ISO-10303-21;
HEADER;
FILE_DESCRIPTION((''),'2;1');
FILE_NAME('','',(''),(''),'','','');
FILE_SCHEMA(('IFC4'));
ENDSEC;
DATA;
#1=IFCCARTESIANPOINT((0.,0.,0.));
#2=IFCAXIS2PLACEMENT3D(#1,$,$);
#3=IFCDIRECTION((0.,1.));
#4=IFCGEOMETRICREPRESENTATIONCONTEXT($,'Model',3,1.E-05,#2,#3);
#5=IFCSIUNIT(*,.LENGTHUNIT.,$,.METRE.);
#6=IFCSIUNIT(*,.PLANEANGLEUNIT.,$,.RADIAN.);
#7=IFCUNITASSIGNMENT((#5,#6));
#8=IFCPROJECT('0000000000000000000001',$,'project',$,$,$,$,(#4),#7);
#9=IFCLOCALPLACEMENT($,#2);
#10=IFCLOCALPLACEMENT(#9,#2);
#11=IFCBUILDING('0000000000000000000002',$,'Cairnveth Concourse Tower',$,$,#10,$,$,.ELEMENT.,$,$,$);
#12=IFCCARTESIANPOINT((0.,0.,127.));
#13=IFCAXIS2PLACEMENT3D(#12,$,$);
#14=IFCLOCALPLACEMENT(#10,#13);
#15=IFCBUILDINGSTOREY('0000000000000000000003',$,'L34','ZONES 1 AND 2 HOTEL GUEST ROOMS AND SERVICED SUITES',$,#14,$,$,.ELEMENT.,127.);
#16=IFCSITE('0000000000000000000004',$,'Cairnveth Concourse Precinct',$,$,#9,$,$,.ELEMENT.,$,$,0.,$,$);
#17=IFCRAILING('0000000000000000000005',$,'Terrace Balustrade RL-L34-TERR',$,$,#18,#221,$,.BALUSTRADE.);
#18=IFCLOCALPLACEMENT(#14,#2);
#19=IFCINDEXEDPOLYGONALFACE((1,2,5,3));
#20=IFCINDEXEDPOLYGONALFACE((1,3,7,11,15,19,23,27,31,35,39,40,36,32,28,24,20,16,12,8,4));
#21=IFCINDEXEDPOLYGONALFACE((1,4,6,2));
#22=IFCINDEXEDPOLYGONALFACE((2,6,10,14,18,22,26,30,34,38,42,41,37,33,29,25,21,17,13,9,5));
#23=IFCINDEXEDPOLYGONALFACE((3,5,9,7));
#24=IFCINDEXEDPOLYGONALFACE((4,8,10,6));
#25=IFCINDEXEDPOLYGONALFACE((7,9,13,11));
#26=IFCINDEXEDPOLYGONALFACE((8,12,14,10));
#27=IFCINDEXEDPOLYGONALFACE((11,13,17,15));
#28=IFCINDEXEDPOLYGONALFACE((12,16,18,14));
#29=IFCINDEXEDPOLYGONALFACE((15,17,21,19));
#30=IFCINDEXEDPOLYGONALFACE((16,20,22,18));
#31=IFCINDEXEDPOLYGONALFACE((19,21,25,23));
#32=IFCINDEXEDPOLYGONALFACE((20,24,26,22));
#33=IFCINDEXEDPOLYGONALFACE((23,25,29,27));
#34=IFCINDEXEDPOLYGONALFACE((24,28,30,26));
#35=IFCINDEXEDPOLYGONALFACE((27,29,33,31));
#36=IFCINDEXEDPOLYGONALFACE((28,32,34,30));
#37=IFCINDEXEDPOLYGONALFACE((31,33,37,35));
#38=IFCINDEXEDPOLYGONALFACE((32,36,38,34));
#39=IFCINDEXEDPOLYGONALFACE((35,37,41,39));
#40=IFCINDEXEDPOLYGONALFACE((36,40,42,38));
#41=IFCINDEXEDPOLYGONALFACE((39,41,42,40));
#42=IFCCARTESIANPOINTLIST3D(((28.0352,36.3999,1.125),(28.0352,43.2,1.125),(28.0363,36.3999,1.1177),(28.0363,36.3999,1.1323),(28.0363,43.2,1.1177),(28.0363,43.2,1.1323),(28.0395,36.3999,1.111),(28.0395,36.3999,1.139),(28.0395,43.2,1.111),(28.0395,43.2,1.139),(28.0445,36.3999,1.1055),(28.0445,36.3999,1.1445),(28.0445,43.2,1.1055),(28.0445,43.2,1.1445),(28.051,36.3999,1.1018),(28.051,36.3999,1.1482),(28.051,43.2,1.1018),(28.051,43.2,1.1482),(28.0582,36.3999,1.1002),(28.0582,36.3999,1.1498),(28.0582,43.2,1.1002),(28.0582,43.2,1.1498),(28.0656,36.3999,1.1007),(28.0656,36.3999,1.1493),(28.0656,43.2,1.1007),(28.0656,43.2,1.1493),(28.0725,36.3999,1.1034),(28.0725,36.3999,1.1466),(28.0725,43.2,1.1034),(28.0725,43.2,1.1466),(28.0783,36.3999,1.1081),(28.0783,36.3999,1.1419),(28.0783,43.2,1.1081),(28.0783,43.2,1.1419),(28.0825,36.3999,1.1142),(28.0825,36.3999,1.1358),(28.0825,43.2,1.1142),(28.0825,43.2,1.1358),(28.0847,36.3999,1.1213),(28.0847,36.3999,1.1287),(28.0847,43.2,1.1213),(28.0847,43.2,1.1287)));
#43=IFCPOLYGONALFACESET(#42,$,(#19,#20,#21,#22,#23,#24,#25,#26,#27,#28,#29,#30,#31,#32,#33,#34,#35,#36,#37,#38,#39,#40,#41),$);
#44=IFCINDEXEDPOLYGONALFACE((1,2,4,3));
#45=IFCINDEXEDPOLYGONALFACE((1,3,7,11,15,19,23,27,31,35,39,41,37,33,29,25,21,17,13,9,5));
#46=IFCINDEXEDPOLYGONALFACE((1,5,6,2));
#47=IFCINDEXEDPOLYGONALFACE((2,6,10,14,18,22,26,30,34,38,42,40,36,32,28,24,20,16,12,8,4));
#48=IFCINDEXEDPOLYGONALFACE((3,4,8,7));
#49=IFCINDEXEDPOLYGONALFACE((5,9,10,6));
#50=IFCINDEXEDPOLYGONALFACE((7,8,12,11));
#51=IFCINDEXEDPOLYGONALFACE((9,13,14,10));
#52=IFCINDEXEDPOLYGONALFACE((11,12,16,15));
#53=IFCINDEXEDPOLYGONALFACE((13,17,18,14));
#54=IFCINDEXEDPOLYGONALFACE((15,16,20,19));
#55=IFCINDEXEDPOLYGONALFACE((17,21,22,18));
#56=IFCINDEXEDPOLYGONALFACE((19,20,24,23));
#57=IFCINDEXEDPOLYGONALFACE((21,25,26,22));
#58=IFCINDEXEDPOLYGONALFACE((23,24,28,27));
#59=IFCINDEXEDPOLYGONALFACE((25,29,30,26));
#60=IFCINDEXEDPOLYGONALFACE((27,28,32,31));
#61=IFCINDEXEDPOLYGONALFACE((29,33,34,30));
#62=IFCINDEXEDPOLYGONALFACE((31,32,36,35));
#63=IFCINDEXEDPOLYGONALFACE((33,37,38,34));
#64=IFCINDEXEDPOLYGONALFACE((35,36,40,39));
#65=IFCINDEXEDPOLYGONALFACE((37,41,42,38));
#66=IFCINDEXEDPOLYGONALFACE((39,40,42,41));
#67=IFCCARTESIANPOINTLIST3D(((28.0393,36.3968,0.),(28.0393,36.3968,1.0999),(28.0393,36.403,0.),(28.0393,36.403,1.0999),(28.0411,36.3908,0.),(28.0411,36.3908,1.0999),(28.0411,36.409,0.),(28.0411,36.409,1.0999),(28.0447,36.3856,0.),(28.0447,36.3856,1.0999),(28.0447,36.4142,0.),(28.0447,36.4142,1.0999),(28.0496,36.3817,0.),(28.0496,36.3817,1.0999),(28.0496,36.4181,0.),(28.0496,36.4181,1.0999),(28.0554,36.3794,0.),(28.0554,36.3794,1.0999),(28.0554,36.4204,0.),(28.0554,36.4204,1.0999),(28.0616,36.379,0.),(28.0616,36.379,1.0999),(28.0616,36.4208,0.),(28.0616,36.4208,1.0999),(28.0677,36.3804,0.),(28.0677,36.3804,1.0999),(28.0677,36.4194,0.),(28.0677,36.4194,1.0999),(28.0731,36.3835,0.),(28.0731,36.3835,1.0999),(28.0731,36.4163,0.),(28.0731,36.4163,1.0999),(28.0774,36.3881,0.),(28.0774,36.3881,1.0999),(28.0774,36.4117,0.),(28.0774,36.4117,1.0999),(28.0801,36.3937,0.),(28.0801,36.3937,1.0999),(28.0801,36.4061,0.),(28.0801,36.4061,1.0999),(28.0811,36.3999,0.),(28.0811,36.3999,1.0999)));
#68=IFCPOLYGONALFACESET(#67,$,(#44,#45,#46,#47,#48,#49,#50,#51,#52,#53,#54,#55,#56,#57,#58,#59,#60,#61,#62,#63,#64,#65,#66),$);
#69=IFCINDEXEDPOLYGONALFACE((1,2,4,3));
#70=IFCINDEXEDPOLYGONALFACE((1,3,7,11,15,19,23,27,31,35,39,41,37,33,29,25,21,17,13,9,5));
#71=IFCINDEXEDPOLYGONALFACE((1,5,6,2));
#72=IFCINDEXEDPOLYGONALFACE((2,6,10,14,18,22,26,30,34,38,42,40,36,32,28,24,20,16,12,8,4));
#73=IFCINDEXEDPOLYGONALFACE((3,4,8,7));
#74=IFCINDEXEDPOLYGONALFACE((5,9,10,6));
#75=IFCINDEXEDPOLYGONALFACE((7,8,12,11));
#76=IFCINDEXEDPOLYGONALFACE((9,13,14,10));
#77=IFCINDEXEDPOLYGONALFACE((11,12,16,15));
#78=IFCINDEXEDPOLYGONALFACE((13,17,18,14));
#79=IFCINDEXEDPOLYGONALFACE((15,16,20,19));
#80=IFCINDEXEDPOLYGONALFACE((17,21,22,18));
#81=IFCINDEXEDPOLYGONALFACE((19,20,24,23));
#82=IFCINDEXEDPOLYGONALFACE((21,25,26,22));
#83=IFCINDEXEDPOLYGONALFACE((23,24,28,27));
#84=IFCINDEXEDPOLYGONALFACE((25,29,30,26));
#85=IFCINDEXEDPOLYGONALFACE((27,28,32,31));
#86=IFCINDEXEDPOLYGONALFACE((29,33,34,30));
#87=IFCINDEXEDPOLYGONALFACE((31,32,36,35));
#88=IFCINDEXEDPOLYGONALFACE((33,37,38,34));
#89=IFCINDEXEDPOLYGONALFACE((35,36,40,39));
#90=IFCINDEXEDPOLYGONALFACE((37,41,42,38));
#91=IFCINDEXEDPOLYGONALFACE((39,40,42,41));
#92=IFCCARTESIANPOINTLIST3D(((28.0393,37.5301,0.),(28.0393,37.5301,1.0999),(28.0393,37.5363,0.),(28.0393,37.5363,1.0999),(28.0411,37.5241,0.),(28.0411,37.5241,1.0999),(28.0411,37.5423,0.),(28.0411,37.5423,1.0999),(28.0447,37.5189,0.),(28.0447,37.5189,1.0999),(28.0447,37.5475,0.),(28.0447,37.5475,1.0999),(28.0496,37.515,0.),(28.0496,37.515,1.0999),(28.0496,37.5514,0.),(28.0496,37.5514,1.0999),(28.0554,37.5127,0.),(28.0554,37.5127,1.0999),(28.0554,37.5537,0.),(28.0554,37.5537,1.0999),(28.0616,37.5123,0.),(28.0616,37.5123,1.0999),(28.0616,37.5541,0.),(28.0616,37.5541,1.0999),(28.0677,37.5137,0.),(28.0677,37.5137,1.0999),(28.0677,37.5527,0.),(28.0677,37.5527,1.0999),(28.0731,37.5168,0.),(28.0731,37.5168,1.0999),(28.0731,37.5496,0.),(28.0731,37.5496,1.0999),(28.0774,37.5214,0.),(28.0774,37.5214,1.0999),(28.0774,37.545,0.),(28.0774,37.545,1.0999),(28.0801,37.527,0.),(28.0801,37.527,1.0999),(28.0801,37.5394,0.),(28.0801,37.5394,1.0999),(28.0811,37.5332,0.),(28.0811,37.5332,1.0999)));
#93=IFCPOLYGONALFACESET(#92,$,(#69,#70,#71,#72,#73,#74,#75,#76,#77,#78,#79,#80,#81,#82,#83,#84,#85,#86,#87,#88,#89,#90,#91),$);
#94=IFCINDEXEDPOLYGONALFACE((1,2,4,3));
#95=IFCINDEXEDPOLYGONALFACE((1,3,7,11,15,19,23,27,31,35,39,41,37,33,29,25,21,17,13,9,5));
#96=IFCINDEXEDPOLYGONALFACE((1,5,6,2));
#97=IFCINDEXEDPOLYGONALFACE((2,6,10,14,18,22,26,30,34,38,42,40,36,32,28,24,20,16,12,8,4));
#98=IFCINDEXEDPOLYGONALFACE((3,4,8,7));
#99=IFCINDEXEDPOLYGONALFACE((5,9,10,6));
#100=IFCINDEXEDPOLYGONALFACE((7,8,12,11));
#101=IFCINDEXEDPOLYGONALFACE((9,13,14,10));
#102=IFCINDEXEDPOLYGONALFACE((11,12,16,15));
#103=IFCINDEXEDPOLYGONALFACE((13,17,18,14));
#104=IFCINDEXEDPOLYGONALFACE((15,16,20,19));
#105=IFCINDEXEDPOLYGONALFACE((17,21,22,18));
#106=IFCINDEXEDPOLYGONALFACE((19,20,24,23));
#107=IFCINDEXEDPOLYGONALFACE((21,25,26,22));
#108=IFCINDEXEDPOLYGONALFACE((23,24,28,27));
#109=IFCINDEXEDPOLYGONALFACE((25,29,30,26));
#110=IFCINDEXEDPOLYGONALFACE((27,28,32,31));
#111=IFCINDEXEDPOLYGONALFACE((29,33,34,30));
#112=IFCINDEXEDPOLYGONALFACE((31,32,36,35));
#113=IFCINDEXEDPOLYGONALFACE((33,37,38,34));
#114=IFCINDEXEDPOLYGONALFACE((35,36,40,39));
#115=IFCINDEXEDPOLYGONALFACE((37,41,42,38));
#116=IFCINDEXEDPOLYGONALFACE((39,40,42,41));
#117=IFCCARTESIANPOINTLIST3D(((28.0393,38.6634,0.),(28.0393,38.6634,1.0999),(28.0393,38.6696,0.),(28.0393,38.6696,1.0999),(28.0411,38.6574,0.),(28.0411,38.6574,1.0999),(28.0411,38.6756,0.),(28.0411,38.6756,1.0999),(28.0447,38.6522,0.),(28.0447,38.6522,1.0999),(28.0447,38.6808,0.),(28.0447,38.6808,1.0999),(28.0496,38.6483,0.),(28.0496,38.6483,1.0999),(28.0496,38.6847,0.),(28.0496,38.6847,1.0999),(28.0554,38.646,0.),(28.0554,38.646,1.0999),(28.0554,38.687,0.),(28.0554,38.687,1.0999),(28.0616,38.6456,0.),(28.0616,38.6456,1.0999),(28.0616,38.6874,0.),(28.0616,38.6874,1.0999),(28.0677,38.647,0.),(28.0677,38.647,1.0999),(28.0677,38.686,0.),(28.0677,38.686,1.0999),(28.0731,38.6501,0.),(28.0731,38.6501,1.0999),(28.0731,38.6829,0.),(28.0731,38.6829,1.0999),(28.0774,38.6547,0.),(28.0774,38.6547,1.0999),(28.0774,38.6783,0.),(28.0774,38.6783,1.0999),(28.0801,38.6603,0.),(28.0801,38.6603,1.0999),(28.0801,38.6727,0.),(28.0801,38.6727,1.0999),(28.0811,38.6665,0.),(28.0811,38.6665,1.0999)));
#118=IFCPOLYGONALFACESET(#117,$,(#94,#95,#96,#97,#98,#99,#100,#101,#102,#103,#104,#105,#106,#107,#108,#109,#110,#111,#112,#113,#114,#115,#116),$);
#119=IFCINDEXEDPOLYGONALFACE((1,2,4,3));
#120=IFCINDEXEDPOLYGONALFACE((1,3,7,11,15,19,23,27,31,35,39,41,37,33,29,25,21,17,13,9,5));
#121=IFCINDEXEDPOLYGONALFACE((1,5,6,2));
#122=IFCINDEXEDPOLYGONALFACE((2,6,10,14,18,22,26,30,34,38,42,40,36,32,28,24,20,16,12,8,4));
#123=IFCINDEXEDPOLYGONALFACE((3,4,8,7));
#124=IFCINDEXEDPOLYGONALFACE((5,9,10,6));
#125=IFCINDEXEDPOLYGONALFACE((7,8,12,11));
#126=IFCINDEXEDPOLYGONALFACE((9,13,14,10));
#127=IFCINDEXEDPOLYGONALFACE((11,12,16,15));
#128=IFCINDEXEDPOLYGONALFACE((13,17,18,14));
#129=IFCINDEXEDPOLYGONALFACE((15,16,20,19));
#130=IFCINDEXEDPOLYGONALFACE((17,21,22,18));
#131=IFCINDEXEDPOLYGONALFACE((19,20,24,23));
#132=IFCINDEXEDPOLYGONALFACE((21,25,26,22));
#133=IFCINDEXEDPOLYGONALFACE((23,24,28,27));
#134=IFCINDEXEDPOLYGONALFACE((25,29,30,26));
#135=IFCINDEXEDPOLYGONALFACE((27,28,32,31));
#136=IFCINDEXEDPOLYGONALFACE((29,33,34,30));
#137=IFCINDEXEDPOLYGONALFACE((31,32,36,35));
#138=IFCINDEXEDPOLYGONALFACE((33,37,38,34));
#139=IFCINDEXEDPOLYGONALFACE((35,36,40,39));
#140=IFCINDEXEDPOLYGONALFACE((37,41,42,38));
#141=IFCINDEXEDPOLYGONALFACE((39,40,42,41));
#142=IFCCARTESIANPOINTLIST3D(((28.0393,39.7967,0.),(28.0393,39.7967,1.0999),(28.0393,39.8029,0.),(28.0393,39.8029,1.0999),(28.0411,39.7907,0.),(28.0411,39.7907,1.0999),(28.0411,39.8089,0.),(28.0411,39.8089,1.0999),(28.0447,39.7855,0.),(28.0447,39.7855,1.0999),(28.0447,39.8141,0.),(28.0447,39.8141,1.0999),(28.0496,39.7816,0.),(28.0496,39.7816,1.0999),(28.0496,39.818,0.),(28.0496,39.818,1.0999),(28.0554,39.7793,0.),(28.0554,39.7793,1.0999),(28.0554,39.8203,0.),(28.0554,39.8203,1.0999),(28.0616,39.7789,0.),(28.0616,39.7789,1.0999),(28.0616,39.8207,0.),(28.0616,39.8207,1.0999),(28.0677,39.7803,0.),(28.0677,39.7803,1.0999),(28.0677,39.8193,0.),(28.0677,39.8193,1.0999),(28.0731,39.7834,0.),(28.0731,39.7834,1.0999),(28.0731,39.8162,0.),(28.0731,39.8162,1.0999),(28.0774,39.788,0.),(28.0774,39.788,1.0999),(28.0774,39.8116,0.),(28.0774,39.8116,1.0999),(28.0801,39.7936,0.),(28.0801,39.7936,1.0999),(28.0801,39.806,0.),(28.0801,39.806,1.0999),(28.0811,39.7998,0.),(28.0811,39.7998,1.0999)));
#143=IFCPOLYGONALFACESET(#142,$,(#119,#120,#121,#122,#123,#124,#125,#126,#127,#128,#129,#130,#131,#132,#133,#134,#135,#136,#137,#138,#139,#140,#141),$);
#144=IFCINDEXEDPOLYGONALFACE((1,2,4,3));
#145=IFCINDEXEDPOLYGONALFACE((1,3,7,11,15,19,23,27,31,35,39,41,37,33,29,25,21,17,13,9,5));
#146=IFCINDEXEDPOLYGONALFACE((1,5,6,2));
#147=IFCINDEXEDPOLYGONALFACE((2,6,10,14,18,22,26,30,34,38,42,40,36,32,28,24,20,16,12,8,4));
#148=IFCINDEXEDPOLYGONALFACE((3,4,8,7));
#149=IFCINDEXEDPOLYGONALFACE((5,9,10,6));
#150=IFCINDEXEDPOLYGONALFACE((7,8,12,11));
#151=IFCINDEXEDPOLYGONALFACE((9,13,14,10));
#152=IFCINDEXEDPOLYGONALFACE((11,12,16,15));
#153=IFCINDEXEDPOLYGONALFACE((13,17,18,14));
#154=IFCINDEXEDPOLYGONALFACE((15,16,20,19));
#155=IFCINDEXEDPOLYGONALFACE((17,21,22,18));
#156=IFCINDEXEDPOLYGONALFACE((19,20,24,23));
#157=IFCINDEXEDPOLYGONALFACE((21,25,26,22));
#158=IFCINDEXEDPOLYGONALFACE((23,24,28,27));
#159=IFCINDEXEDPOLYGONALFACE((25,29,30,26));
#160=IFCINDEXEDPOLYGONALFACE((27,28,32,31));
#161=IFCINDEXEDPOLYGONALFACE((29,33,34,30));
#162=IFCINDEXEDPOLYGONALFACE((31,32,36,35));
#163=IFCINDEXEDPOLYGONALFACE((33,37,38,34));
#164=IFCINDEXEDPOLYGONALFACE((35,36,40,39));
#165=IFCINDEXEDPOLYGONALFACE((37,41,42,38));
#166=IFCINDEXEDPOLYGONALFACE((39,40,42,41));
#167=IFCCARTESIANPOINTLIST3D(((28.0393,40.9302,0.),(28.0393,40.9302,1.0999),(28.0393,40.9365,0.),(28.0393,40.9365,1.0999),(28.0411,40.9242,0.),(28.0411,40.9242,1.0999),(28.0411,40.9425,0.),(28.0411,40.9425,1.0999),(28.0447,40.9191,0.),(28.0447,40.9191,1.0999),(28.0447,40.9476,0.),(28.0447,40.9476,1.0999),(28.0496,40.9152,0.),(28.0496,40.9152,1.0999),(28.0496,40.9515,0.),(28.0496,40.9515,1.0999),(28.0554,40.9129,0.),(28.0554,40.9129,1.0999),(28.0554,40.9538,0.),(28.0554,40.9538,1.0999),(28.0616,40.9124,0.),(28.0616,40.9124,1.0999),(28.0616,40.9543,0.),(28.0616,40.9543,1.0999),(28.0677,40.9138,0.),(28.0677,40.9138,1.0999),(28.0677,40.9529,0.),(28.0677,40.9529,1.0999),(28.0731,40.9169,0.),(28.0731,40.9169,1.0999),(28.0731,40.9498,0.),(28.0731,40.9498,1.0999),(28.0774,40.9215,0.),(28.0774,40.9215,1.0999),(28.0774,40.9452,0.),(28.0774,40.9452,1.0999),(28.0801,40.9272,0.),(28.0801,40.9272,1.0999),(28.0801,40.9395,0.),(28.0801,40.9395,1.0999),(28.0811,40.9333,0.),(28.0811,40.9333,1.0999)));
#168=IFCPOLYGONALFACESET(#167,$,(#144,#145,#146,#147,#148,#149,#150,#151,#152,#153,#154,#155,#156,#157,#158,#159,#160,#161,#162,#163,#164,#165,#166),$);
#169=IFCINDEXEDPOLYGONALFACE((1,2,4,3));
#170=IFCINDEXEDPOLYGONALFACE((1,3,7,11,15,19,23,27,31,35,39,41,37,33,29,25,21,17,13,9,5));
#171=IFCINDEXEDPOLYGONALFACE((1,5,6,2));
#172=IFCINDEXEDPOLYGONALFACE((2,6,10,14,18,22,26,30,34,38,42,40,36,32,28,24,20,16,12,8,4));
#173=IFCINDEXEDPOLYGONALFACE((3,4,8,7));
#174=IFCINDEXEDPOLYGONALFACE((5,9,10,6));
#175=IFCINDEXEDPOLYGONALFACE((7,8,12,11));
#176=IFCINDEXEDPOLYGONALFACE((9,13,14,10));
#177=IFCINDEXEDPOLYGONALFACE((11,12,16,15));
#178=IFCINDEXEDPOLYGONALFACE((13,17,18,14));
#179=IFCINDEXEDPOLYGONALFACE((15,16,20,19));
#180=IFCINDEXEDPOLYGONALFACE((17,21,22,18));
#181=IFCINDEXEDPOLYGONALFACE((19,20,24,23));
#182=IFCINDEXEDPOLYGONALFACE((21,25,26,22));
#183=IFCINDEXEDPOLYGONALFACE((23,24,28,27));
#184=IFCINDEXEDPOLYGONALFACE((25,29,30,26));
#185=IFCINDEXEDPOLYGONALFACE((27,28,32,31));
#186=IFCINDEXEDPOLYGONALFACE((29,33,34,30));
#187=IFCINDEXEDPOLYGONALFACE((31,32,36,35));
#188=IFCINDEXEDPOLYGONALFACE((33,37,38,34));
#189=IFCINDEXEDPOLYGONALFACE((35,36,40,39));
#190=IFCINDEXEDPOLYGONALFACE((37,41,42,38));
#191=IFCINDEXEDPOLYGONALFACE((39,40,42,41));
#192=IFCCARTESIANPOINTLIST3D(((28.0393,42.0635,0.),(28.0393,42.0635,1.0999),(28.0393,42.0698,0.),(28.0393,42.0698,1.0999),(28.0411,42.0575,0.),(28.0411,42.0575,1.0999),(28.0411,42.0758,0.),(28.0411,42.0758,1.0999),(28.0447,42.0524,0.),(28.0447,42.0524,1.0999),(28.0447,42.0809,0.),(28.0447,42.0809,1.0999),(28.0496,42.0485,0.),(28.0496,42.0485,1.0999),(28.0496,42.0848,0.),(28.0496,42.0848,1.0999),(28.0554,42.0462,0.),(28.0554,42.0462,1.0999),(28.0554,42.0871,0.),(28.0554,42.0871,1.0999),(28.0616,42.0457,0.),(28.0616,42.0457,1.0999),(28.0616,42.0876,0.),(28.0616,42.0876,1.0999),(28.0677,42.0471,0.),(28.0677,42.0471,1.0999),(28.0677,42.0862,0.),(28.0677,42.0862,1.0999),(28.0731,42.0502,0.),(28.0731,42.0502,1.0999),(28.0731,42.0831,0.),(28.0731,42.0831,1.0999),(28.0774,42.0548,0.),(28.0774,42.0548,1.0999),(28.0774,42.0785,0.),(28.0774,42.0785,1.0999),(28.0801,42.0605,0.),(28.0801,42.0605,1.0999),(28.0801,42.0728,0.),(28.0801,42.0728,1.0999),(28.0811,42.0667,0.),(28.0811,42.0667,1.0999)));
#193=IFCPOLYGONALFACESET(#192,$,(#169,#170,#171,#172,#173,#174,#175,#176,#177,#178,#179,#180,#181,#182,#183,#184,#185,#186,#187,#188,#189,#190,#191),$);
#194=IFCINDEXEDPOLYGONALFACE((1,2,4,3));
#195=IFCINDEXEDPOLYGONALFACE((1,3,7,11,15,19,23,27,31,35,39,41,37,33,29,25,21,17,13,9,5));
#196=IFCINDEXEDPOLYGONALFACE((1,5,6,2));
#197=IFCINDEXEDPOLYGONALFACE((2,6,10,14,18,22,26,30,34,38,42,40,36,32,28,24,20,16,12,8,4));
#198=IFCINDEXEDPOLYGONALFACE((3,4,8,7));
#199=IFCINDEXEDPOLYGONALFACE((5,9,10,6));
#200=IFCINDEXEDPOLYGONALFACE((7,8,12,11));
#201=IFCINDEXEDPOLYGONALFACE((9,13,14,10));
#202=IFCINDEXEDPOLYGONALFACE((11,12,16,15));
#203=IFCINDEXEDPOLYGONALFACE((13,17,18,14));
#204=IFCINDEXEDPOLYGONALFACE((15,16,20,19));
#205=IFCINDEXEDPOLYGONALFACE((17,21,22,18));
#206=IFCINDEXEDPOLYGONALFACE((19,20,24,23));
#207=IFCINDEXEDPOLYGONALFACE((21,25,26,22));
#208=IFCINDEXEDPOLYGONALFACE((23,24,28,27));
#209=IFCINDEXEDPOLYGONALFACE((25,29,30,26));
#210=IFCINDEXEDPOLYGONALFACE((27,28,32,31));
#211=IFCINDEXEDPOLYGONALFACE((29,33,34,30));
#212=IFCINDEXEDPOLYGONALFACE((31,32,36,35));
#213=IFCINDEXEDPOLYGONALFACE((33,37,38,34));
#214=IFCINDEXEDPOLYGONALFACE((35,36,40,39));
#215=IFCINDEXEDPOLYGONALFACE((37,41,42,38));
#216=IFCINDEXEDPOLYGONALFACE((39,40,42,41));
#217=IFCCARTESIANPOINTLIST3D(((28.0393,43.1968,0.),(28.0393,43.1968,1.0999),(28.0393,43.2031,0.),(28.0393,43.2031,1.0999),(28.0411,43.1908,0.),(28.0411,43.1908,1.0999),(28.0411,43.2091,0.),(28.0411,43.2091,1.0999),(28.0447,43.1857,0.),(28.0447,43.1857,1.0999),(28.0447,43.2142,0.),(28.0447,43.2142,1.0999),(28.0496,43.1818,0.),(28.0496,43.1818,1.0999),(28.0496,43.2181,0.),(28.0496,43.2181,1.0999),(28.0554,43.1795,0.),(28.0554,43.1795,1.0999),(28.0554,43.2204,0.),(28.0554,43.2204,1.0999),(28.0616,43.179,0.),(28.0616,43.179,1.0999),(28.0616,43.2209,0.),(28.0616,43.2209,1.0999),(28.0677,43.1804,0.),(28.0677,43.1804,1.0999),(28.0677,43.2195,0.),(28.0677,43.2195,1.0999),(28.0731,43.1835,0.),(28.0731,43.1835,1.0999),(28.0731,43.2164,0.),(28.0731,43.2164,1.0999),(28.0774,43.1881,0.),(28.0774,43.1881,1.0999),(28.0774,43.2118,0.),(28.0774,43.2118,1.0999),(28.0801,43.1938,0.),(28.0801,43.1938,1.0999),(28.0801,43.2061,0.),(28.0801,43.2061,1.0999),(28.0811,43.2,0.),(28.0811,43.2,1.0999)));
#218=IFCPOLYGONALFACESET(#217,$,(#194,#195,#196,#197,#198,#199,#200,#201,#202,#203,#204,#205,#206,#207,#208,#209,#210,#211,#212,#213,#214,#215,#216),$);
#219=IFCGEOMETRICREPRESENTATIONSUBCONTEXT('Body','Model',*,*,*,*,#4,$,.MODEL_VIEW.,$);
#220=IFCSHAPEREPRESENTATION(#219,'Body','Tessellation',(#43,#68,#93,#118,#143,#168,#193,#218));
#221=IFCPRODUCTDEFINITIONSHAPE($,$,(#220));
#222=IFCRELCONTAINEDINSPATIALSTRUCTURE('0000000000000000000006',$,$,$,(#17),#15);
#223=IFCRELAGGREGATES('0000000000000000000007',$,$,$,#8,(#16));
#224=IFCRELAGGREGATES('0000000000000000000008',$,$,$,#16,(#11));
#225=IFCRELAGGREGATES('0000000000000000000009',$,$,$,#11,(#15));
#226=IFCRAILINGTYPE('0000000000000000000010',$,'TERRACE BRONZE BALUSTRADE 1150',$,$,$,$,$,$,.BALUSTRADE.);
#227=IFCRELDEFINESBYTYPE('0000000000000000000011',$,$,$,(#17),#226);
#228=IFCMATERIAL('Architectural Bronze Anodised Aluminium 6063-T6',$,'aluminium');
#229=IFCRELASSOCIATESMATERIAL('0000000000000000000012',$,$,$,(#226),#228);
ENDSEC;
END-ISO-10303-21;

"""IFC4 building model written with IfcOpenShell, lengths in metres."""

from ifc_helpers import new_model, si_unit, direction, frame, origin, origin_2d, place, context, subcontext, project, spatial, circle, extrude, material, type_object, element, save


model = new_model("IFC4")

# Units and contexts
model_context = context("Model", 3, precision=1e-05, world=origin(), true_north=direction((0.0, 1.0)))
body_context = subcontext(model_context, "Body", "Model", "MODEL_VIEW")
ifc_project = project(units=[si_unit("LENGTHUNIT", "METRE"), si_unit("PLANEANGLEUNIT", "RADIAN")], contexts=[model_context])

# Site, building, storey
site_placement = place(None, origin())
site = spatial("IfcSite", under=ifc_project, at=site_placement, Name="Cairnveth Concourse Precinct", CompositionType="ELEMENT", RefElevation=0.0)
building_placement = place(site_placement, origin())
building = spatial("IfcBuilding", under=site, at=building_placement, Name="Cairnveth Concourse Tower", CompositionType="ELEMENT")
storey_placement = place(building_placement, frame((0.0, 0.0, 127.0)))
storey = spatial("IfcBuildingStorey", under=building, at=storey_placement, Name="L34", Description="ZONES 1 AND 2 HOTEL GUEST ROOMS AND SERVICED SUITES", CompositionType="ELEMENT", Elevation=127.0)

# Shared definitions
ifc_material_1 = material(Name="Architectural Bronze Anodised Aluminium 6063-T6", Category="aluminium")

# Railing
railing_type = type_object("IfcRailingType", Name="TERRACE BRONZE BALUSTRADE 1150", PredefinedType="BALUSTRADE", material=ifc_material_1)
railing_placement = place(storey_placement, frame((28.0601, 36.3999, 0.0)))
element("IfcRailing", 1, at=railing_placement, inside=storey, type_object=railing_type, Name="Terrace Balustrade RL-L34-TERR", PredefinedType="BALUSTRADE", context=body_context, shape_type="SweptSolid", body=[
    extrude(circle(Radius=0.0249, at=origin_2d()), frame((0.0, 0.0, 1.125), z_axis=(0.0, 1.0, 0.0), x_axis=(-1.0, 0.0, 0.0)), (0.0, 0.0, 1.0), 6.8),
    extrude(circle(Radius=0.021, at=origin_2d()), origin(), (0.0, 0.0, 1.0), 1.0999),
    extrude(circle(Radius=0.021, at=origin_2d()), frame((0.0, 1.1333, 0.0)), (0.0, 0.0, 1.0), 1.0999),
    extrude(circle(Radius=0.021, at=origin_2d()), frame((0.0, 2.2666, 0.0)), (0.0, 0.0, 1.0), 1.0999),
    extrude(circle(Radius=0.021, at=origin_2d()), frame((0.0, 3.3999, 0.0)), (0.0, 0.0, 1.0), 1.0999),
    extrude(circle(Radius=0.021, at=origin_2d()), frame((0.0, 4.5334, 0.0)), (0.0, 0.0, 1.0), 1.0999),
    extrude(circle(Radius=0.021, at=origin_2d()), frame((0.0, 5.6667, 0.0)), (0.0, 0.0, 1.0), 1.0999),
    extrude(circle(Radius=0.021, at=origin_2d()), frame((0.0, 6.8, 0.0)), (0.0, 0.0, 1.0), 1.0999),
])

save(model, "model.ifc")
